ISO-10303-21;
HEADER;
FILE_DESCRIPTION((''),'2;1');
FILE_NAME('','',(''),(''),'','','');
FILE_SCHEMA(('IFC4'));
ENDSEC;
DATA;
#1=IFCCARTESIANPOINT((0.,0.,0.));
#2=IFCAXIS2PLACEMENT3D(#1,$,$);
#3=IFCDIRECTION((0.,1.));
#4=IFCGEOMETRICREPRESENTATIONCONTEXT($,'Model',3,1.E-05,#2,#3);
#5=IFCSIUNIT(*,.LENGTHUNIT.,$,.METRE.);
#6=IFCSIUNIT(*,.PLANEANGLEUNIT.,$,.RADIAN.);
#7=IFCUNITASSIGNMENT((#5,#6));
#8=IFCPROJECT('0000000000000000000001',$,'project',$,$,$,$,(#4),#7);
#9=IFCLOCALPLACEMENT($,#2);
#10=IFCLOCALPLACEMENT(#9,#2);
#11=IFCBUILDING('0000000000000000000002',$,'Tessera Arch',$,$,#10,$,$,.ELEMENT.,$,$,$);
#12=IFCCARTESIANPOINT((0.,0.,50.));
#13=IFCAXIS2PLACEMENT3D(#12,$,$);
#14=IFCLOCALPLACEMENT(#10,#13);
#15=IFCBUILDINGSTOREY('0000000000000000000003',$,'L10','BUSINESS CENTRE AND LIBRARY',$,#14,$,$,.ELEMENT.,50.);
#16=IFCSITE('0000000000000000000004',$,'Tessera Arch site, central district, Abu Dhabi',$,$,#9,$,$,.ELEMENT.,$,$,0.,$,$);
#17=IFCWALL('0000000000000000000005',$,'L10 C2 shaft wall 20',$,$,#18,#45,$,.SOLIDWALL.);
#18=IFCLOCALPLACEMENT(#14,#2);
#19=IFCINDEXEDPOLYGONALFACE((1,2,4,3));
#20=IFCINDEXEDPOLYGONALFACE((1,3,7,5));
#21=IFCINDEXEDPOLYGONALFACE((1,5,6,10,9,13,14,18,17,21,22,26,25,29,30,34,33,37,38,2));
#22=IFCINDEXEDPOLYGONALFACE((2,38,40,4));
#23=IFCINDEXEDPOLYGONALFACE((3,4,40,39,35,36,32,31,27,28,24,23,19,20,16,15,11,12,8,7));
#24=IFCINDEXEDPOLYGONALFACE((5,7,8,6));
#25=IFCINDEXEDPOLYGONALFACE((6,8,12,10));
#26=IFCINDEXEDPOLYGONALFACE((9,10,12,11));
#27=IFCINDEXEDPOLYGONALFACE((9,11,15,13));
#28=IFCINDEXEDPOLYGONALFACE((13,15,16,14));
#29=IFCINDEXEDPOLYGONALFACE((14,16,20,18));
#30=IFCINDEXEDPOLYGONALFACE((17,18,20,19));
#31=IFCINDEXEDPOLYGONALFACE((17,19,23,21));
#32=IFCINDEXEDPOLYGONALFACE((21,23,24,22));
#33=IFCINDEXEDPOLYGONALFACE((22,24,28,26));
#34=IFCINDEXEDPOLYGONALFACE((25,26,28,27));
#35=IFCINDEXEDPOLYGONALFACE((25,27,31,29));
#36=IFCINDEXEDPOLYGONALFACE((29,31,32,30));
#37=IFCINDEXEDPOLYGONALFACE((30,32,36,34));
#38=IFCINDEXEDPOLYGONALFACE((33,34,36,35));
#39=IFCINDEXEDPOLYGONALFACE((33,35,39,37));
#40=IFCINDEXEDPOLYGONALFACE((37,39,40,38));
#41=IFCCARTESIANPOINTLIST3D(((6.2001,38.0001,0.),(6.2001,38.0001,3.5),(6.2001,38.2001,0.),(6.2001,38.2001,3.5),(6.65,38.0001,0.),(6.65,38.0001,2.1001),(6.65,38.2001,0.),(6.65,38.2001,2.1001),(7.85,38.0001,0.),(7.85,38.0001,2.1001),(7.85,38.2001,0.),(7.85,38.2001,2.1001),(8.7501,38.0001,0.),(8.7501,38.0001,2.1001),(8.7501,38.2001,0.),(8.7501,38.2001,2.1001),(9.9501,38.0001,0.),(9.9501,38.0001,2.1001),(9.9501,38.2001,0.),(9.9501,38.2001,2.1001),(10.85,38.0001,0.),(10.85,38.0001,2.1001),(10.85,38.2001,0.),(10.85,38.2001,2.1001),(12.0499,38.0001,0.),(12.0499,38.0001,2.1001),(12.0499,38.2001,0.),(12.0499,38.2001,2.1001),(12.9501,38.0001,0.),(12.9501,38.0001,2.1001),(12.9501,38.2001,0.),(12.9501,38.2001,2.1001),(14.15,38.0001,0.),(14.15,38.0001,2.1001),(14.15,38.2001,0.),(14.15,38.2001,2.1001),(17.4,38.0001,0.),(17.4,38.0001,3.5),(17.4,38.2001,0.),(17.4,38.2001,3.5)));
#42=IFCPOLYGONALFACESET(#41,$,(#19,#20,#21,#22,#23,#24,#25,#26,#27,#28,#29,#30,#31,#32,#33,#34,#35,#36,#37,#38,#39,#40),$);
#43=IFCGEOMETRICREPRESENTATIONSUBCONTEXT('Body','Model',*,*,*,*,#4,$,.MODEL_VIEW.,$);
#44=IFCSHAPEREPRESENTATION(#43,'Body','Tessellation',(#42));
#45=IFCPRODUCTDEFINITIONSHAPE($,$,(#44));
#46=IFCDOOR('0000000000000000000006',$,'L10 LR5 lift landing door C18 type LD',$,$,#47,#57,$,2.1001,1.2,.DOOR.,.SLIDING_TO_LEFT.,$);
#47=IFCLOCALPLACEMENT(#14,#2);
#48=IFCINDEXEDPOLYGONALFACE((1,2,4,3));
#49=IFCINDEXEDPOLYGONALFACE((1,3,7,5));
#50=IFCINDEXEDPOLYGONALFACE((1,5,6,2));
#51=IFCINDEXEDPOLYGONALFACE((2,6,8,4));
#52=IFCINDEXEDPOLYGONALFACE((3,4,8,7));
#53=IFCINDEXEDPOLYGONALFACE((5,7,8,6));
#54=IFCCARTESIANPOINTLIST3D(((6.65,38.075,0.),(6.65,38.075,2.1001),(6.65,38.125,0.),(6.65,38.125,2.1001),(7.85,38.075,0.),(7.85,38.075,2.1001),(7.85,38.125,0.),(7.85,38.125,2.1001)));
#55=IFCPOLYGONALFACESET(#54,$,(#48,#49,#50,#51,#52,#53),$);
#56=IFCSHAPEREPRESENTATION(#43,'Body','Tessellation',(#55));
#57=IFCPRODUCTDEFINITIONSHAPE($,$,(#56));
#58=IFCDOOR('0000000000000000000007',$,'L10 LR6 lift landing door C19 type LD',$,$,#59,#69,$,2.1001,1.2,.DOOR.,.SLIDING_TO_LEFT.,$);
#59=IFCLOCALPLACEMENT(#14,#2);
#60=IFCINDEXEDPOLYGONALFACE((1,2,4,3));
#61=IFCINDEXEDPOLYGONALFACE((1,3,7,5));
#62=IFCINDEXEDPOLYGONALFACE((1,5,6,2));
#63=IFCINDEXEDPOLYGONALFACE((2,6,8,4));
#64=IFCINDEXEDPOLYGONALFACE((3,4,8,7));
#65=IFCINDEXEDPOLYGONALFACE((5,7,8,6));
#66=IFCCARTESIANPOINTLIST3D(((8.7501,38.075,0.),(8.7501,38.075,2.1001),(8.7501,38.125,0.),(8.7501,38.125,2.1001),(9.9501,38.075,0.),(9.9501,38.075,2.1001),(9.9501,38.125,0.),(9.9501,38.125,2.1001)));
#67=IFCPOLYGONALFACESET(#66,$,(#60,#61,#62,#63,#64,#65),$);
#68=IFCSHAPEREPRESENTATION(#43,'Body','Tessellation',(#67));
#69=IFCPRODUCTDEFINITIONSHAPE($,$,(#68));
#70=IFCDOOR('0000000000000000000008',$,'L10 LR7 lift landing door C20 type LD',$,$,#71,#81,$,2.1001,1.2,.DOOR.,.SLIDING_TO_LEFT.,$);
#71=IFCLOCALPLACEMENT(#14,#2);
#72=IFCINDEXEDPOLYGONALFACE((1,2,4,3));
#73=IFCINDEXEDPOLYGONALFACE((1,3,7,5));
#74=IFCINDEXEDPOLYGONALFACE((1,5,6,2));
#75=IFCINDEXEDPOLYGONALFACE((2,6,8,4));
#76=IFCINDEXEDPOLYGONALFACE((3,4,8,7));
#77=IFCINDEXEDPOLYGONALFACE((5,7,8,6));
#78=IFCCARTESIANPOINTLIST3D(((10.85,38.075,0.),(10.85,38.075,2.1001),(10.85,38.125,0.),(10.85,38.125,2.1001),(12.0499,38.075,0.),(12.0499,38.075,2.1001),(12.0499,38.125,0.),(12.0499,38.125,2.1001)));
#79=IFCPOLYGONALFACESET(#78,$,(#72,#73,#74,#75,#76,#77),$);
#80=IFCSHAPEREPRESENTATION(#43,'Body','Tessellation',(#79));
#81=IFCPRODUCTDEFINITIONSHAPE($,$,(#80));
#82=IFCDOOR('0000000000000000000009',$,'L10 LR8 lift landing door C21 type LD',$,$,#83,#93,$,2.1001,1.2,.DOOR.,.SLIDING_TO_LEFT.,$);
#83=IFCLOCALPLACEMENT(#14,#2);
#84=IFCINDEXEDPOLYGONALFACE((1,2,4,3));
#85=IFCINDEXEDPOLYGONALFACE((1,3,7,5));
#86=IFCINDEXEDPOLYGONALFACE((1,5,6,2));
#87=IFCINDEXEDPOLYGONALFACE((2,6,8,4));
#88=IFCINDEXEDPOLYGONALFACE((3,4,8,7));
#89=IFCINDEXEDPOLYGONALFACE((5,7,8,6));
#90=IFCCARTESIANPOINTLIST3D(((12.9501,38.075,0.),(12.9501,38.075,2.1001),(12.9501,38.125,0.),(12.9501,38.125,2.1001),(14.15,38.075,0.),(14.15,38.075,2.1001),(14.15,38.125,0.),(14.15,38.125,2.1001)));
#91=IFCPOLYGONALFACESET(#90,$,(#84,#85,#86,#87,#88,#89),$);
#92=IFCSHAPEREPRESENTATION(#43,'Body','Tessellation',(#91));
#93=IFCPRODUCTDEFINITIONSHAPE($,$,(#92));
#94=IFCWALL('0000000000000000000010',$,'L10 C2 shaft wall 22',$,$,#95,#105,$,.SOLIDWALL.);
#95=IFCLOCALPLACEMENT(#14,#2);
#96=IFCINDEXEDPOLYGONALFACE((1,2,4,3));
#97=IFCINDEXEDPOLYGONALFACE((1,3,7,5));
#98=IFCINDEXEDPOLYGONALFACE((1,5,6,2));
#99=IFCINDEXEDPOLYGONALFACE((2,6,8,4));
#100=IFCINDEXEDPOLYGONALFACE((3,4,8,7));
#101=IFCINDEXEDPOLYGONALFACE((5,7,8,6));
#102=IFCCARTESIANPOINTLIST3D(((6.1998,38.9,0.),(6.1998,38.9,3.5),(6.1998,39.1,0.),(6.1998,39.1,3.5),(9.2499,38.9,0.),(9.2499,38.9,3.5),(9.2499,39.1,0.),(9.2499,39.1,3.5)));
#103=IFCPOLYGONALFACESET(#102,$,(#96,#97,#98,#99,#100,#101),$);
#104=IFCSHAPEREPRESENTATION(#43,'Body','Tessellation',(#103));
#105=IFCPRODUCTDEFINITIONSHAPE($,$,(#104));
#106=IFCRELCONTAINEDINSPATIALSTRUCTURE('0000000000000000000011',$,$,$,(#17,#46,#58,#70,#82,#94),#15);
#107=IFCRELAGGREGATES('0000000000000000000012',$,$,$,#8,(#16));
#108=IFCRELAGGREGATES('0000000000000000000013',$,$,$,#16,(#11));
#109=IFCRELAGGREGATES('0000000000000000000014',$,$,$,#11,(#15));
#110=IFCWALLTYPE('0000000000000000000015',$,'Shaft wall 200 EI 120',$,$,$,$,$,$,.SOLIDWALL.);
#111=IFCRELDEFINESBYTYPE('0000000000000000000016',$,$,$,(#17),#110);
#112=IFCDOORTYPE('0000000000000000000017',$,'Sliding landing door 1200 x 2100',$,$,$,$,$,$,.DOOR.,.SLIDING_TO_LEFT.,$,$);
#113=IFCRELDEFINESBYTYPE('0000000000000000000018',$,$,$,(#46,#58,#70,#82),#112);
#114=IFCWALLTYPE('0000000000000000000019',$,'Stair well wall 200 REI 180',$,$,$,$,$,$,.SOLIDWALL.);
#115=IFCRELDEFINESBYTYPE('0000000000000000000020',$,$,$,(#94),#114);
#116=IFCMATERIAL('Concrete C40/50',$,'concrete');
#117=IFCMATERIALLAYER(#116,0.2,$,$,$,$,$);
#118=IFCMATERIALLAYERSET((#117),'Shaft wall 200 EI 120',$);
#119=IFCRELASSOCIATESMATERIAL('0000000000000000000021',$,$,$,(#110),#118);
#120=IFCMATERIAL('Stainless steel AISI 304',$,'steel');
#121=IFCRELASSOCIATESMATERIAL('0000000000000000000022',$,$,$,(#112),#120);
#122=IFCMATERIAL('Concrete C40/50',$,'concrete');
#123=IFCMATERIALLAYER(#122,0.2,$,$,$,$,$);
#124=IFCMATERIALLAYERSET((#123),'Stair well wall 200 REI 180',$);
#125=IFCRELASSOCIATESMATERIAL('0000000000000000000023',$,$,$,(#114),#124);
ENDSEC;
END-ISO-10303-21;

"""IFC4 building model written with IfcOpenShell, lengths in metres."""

from ifc_helpers import new_model, si_unit, direction, frame, frame_2d, origin, place, context, subcontext, project, spatial, rectangle, extrude, material, layer, layer_set, type_object, element, fill, save


model = new_model("IFC4")

# Units and contexts
model_context = context("Model", 3, precision=1e-05, world=origin(), true_north=direction((0.0, 1.0)))
body_context = subcontext(model_context, "Body", "Model", "MODEL_VIEW")
ifc_project = project(units=[si_unit("LENGTHUNIT", "METRE"), si_unit("PLANEANGLEUNIT", "RADIAN")], contexts=[model_context])

# Site, building, storey
site_placement = place(None, origin())
site = spatial("IfcSite", under=ifc_project, at=site_placement, Name="Tessera Arch site, central district, Abu Dhabi", CompositionType="ELEMENT", RefElevation=0.0)
building_placement = place(site_placement, origin())
building = spatial("IfcBuilding", under=site, at=building_placement, Name="Tessera Arch", CompositionType="ELEMENT")
storey_placement = place(building_placement, frame((0.0, 0.0, 50.0)))
storey = spatial("IfcBuildingStorey", under=building, at=storey_placement, Name="L10", Description="BUSINESS CENTRE AND LIBRARY", CompositionType="ELEMENT", Elevation=50.0)

# Shared definitions
ifc_material_1 = material(Name="Concrete C40/50", Category="concrete")
ifc_layer_1 = layer(ifc_material_1, 0.2)
ifc_layer_set_1 = layer_set([ifc_layer_1], Name="Shaft wall 200 EI 120")
wall_type_1 = type_object("IfcWallType", Name="Shaft wall 200 EI 120", PredefinedType="SOLIDWALL", material=ifc_layer_set_1)
ifc_material_2 = material(Name="Stainless steel AISI 304", Category="steel")
door_type = type_object("IfcDoorType", Name="Sliding landing door 1200 x 2100", OperationType="SLIDING_TO_LEFT", PredefinedType="DOOR", material=ifc_material_2)

# Wall, openings, doors
wall_1_placement = place(storey_placement, frame((6.2, 38.1001, 0.0), z_axis=(0.0, 0.0, 1.0), x_axis=(1.0, 0.0, 0.0)))
wall_1 = element("IfcWall", 1, at=wall_1_placement, inside=storey, type_object=wall_type_1, Name="L10 C2 shaft wall 20", PredefinedType="SOLIDWALL", context=body_context, shape_type="SweptSolid", body=[
    extrude(rectangle(XDim=11.2, YDim=0.2, at=frame_2d((5.6001, 0.0))), origin(), (0.0, 0.0, 1.0), 3.5),
])
opening_1_placement = place(wall_1_placement, frame((0.45, 0.0, 0.0)))
opening_1 = element("IfcOpeningElement", 2, at=opening_1_placement, cuts=wall_1, PredefinedType="OPENING", context=body_context, shape_type="SweptSolid", body=[
    extrude(rectangle(XDim=1.2, YDim=2.1001, at=frame_2d((0.6001, 1.05))), frame((0.0, 0.1099, 0.0), z_axis=(0.0, -1.0, 0.0), x_axis=(1.0, 0.0, 0.0)), (0.0, 0.0, 1.0), 0.22),
])
opening_2_placement = place(wall_1_placement, frame((2.55, 0.0, 0.0)))
opening_2 = element("IfcOpeningElement", 3, at=opening_2_placement, cuts=wall_1, PredefinedType="OPENING", context=body_context, shape_type="SweptSolid", body=[
    extrude(rectangle(XDim=1.2, YDim=2.1001, at=frame_2d((0.6001, 1.05))), frame((0.0, 0.1099, 0.0), z_axis=(0.0, -1.0, 0.0), x_axis=(1.0, 0.0, 0.0)), (0.0, 0.0, 1.0), 0.22),
])
opening_3_placement = place(wall_1_placement, frame((4.6499, 0.0, 0.0)))
opening_3 = element("IfcOpeningElement", 4, at=opening_3_placement, cuts=wall_1, PredefinedType="OPENING", context=body_context, shape_type="SweptSolid", body=[
    extrude(rectangle(XDim=1.2, YDim=2.1001, at=frame_2d((0.6001, 1.05))), frame((0.0, 0.1099, 0.0), z_axis=(0.0, -1.0, 0.0), x_axis=(1.0, 0.0, 0.0)), (0.0, 0.0, 1.0), 0.22),
])
opening_4_placement = place(wall_1_placement, frame((6.75, 0.0, 0.0)))
opening_4 = element("IfcOpeningElement", 5, at=opening_4_placement, cuts=wall_1, PredefinedType="OPENING", context=body_context, shape_type="SweptSolid", body=[
    extrude(rectangle(XDim=1.2, YDim=2.1001, at=frame_2d((0.6001, 1.05))), frame((0.0, 0.1099, 0.0), z_axis=(0.0, -1.0, 0.0), x_axis=(1.0, 0.0, 0.0)), (0.0, 0.0, 1.0), 0.22),
])
door_1_placement = place(opening_1_placement, origin())
door_1 = element("IfcDoor", 6, at=door_1_placement, inside=storey, type_object=door_type, Name="L10 LR5 lift landing door C18 type LD", OperationType="SLIDING_TO_LEFT", OverallHeight=2.1001, OverallWidth=1.2, PredefinedType="DOOR", context=body_context, shape_type="SweptSolid", body=[
    extrude(rectangle(XDim=1.2, YDim=2.1001, at=frame_2d((0.6001, 1.05))), frame((0.0, 0.0249, 0.0), z_axis=(0.0, -1.0, 0.0), x_axis=(1.0, 0.0, 0.0)), (0.0, 0.0, 1.0), 0.05),
])
fill(opening_1, door_1)
door_2_placement = place(opening_2_placement, origin())
door_2 = element("IfcDoor", 7, at=door_2_placement, inside=storey, type_object=door_type, Name="L10 LR6 lift landing door C19 type LD", OperationType="SLIDING_TO_LEFT", OverallHeight=2.1001, OverallWidth=1.2, PredefinedType="DOOR", context=body_context, shape_type="SweptSolid", body=[
    extrude(rectangle(XDim=1.2, YDim=2.1001, at=frame_2d((0.6001, 1.05))), frame((0.0, 0.0249, 0.0), z_axis=(0.0, -1.0, 0.0), x_axis=(1.0, 0.0, 0.0)), (0.0, 0.0, 1.0), 0.05),
])
fill(opening_2, door_2)
door_3_placement = place(opening_3_placement, origin())
door_3 = element("IfcDoor", 8, at=door_3_placement, inside=storey, type_object=door_type, Name="L10 LR7 lift landing door C20 type LD", OperationType="SLIDING_TO_LEFT", OverallHeight=2.1001, OverallWidth=1.2, PredefinedType="DOOR", context=body_context, shape_type="SweptSolid", body=[
    extrude(rectangle(XDim=1.2, YDim=2.1001, at=frame_2d((0.6001, 1.05))), frame((0.0, 0.0249, 0.0), z_axis=(0.0, -1.0, 0.0), x_axis=(1.0, 0.0, 0.0)), (0.0, 0.0, 1.0), 0.05),
])
fill(opening_3, door_3)
door_4_placement = place(opening_4_placement, origin())
door_4 = element("IfcDoor", 9, at=door_4_placement, inside=storey, type_object=door_type, Name="L10 LR8 lift landing door C21 type LD", OperationType="SLIDING_TO_LEFT", OverallHeight=2.1001, OverallWidth=1.2, PredefinedType="DOOR", context=body_context, shape_type="SweptSolid", body=[
    extrude(rectangle(XDim=1.2, YDim=2.1001, at=frame_2d((0.6001, 1.05))), frame((0.0, 0.0249, 0.0), z_axis=(0.0, -1.0, 0.0), x_axis=(1.0, 0.0, 0.0)), (0.0, 0.0, 1.0), 0.05),
])
fill(opening_4, door_4)

# Wall
ifc_material_3 = material(Name="Concrete C40/50", Category="concrete")
ifc_layer_2 = layer(ifc_material_3, 0.2)
ifc_layer_set_2 = layer_set([ifc_layer_2], Name="Stair well wall 200 REI 180")
wall_type_2 = type_object("IfcWallType", Name="Stair well wall 200 REI 180", PredefinedType="SOLIDWALL", material=ifc_layer_set_2)
wall_2_placement = place(storey_placement, frame((6.2, 39.0, 0.0), z_axis=(0.0, 0.0, 1.0), x_axis=(1.0, 0.0, 0.0)))
element("IfcWall", 10, at=wall_2_placement, inside=storey, type_object=wall_type_2, Name="L10 C2 shaft wall 22", PredefinedType="SOLIDWALL", context=body_context, shape_type="SweptSolid", body=[
    extrude(rectangle(XDim=3.05, YDim=0.2, at=frame_2d((1.5249, 0.0))), origin(), (0.0, 0.0, 1.0), 3.5),
])

save(model, "model.ifc")
